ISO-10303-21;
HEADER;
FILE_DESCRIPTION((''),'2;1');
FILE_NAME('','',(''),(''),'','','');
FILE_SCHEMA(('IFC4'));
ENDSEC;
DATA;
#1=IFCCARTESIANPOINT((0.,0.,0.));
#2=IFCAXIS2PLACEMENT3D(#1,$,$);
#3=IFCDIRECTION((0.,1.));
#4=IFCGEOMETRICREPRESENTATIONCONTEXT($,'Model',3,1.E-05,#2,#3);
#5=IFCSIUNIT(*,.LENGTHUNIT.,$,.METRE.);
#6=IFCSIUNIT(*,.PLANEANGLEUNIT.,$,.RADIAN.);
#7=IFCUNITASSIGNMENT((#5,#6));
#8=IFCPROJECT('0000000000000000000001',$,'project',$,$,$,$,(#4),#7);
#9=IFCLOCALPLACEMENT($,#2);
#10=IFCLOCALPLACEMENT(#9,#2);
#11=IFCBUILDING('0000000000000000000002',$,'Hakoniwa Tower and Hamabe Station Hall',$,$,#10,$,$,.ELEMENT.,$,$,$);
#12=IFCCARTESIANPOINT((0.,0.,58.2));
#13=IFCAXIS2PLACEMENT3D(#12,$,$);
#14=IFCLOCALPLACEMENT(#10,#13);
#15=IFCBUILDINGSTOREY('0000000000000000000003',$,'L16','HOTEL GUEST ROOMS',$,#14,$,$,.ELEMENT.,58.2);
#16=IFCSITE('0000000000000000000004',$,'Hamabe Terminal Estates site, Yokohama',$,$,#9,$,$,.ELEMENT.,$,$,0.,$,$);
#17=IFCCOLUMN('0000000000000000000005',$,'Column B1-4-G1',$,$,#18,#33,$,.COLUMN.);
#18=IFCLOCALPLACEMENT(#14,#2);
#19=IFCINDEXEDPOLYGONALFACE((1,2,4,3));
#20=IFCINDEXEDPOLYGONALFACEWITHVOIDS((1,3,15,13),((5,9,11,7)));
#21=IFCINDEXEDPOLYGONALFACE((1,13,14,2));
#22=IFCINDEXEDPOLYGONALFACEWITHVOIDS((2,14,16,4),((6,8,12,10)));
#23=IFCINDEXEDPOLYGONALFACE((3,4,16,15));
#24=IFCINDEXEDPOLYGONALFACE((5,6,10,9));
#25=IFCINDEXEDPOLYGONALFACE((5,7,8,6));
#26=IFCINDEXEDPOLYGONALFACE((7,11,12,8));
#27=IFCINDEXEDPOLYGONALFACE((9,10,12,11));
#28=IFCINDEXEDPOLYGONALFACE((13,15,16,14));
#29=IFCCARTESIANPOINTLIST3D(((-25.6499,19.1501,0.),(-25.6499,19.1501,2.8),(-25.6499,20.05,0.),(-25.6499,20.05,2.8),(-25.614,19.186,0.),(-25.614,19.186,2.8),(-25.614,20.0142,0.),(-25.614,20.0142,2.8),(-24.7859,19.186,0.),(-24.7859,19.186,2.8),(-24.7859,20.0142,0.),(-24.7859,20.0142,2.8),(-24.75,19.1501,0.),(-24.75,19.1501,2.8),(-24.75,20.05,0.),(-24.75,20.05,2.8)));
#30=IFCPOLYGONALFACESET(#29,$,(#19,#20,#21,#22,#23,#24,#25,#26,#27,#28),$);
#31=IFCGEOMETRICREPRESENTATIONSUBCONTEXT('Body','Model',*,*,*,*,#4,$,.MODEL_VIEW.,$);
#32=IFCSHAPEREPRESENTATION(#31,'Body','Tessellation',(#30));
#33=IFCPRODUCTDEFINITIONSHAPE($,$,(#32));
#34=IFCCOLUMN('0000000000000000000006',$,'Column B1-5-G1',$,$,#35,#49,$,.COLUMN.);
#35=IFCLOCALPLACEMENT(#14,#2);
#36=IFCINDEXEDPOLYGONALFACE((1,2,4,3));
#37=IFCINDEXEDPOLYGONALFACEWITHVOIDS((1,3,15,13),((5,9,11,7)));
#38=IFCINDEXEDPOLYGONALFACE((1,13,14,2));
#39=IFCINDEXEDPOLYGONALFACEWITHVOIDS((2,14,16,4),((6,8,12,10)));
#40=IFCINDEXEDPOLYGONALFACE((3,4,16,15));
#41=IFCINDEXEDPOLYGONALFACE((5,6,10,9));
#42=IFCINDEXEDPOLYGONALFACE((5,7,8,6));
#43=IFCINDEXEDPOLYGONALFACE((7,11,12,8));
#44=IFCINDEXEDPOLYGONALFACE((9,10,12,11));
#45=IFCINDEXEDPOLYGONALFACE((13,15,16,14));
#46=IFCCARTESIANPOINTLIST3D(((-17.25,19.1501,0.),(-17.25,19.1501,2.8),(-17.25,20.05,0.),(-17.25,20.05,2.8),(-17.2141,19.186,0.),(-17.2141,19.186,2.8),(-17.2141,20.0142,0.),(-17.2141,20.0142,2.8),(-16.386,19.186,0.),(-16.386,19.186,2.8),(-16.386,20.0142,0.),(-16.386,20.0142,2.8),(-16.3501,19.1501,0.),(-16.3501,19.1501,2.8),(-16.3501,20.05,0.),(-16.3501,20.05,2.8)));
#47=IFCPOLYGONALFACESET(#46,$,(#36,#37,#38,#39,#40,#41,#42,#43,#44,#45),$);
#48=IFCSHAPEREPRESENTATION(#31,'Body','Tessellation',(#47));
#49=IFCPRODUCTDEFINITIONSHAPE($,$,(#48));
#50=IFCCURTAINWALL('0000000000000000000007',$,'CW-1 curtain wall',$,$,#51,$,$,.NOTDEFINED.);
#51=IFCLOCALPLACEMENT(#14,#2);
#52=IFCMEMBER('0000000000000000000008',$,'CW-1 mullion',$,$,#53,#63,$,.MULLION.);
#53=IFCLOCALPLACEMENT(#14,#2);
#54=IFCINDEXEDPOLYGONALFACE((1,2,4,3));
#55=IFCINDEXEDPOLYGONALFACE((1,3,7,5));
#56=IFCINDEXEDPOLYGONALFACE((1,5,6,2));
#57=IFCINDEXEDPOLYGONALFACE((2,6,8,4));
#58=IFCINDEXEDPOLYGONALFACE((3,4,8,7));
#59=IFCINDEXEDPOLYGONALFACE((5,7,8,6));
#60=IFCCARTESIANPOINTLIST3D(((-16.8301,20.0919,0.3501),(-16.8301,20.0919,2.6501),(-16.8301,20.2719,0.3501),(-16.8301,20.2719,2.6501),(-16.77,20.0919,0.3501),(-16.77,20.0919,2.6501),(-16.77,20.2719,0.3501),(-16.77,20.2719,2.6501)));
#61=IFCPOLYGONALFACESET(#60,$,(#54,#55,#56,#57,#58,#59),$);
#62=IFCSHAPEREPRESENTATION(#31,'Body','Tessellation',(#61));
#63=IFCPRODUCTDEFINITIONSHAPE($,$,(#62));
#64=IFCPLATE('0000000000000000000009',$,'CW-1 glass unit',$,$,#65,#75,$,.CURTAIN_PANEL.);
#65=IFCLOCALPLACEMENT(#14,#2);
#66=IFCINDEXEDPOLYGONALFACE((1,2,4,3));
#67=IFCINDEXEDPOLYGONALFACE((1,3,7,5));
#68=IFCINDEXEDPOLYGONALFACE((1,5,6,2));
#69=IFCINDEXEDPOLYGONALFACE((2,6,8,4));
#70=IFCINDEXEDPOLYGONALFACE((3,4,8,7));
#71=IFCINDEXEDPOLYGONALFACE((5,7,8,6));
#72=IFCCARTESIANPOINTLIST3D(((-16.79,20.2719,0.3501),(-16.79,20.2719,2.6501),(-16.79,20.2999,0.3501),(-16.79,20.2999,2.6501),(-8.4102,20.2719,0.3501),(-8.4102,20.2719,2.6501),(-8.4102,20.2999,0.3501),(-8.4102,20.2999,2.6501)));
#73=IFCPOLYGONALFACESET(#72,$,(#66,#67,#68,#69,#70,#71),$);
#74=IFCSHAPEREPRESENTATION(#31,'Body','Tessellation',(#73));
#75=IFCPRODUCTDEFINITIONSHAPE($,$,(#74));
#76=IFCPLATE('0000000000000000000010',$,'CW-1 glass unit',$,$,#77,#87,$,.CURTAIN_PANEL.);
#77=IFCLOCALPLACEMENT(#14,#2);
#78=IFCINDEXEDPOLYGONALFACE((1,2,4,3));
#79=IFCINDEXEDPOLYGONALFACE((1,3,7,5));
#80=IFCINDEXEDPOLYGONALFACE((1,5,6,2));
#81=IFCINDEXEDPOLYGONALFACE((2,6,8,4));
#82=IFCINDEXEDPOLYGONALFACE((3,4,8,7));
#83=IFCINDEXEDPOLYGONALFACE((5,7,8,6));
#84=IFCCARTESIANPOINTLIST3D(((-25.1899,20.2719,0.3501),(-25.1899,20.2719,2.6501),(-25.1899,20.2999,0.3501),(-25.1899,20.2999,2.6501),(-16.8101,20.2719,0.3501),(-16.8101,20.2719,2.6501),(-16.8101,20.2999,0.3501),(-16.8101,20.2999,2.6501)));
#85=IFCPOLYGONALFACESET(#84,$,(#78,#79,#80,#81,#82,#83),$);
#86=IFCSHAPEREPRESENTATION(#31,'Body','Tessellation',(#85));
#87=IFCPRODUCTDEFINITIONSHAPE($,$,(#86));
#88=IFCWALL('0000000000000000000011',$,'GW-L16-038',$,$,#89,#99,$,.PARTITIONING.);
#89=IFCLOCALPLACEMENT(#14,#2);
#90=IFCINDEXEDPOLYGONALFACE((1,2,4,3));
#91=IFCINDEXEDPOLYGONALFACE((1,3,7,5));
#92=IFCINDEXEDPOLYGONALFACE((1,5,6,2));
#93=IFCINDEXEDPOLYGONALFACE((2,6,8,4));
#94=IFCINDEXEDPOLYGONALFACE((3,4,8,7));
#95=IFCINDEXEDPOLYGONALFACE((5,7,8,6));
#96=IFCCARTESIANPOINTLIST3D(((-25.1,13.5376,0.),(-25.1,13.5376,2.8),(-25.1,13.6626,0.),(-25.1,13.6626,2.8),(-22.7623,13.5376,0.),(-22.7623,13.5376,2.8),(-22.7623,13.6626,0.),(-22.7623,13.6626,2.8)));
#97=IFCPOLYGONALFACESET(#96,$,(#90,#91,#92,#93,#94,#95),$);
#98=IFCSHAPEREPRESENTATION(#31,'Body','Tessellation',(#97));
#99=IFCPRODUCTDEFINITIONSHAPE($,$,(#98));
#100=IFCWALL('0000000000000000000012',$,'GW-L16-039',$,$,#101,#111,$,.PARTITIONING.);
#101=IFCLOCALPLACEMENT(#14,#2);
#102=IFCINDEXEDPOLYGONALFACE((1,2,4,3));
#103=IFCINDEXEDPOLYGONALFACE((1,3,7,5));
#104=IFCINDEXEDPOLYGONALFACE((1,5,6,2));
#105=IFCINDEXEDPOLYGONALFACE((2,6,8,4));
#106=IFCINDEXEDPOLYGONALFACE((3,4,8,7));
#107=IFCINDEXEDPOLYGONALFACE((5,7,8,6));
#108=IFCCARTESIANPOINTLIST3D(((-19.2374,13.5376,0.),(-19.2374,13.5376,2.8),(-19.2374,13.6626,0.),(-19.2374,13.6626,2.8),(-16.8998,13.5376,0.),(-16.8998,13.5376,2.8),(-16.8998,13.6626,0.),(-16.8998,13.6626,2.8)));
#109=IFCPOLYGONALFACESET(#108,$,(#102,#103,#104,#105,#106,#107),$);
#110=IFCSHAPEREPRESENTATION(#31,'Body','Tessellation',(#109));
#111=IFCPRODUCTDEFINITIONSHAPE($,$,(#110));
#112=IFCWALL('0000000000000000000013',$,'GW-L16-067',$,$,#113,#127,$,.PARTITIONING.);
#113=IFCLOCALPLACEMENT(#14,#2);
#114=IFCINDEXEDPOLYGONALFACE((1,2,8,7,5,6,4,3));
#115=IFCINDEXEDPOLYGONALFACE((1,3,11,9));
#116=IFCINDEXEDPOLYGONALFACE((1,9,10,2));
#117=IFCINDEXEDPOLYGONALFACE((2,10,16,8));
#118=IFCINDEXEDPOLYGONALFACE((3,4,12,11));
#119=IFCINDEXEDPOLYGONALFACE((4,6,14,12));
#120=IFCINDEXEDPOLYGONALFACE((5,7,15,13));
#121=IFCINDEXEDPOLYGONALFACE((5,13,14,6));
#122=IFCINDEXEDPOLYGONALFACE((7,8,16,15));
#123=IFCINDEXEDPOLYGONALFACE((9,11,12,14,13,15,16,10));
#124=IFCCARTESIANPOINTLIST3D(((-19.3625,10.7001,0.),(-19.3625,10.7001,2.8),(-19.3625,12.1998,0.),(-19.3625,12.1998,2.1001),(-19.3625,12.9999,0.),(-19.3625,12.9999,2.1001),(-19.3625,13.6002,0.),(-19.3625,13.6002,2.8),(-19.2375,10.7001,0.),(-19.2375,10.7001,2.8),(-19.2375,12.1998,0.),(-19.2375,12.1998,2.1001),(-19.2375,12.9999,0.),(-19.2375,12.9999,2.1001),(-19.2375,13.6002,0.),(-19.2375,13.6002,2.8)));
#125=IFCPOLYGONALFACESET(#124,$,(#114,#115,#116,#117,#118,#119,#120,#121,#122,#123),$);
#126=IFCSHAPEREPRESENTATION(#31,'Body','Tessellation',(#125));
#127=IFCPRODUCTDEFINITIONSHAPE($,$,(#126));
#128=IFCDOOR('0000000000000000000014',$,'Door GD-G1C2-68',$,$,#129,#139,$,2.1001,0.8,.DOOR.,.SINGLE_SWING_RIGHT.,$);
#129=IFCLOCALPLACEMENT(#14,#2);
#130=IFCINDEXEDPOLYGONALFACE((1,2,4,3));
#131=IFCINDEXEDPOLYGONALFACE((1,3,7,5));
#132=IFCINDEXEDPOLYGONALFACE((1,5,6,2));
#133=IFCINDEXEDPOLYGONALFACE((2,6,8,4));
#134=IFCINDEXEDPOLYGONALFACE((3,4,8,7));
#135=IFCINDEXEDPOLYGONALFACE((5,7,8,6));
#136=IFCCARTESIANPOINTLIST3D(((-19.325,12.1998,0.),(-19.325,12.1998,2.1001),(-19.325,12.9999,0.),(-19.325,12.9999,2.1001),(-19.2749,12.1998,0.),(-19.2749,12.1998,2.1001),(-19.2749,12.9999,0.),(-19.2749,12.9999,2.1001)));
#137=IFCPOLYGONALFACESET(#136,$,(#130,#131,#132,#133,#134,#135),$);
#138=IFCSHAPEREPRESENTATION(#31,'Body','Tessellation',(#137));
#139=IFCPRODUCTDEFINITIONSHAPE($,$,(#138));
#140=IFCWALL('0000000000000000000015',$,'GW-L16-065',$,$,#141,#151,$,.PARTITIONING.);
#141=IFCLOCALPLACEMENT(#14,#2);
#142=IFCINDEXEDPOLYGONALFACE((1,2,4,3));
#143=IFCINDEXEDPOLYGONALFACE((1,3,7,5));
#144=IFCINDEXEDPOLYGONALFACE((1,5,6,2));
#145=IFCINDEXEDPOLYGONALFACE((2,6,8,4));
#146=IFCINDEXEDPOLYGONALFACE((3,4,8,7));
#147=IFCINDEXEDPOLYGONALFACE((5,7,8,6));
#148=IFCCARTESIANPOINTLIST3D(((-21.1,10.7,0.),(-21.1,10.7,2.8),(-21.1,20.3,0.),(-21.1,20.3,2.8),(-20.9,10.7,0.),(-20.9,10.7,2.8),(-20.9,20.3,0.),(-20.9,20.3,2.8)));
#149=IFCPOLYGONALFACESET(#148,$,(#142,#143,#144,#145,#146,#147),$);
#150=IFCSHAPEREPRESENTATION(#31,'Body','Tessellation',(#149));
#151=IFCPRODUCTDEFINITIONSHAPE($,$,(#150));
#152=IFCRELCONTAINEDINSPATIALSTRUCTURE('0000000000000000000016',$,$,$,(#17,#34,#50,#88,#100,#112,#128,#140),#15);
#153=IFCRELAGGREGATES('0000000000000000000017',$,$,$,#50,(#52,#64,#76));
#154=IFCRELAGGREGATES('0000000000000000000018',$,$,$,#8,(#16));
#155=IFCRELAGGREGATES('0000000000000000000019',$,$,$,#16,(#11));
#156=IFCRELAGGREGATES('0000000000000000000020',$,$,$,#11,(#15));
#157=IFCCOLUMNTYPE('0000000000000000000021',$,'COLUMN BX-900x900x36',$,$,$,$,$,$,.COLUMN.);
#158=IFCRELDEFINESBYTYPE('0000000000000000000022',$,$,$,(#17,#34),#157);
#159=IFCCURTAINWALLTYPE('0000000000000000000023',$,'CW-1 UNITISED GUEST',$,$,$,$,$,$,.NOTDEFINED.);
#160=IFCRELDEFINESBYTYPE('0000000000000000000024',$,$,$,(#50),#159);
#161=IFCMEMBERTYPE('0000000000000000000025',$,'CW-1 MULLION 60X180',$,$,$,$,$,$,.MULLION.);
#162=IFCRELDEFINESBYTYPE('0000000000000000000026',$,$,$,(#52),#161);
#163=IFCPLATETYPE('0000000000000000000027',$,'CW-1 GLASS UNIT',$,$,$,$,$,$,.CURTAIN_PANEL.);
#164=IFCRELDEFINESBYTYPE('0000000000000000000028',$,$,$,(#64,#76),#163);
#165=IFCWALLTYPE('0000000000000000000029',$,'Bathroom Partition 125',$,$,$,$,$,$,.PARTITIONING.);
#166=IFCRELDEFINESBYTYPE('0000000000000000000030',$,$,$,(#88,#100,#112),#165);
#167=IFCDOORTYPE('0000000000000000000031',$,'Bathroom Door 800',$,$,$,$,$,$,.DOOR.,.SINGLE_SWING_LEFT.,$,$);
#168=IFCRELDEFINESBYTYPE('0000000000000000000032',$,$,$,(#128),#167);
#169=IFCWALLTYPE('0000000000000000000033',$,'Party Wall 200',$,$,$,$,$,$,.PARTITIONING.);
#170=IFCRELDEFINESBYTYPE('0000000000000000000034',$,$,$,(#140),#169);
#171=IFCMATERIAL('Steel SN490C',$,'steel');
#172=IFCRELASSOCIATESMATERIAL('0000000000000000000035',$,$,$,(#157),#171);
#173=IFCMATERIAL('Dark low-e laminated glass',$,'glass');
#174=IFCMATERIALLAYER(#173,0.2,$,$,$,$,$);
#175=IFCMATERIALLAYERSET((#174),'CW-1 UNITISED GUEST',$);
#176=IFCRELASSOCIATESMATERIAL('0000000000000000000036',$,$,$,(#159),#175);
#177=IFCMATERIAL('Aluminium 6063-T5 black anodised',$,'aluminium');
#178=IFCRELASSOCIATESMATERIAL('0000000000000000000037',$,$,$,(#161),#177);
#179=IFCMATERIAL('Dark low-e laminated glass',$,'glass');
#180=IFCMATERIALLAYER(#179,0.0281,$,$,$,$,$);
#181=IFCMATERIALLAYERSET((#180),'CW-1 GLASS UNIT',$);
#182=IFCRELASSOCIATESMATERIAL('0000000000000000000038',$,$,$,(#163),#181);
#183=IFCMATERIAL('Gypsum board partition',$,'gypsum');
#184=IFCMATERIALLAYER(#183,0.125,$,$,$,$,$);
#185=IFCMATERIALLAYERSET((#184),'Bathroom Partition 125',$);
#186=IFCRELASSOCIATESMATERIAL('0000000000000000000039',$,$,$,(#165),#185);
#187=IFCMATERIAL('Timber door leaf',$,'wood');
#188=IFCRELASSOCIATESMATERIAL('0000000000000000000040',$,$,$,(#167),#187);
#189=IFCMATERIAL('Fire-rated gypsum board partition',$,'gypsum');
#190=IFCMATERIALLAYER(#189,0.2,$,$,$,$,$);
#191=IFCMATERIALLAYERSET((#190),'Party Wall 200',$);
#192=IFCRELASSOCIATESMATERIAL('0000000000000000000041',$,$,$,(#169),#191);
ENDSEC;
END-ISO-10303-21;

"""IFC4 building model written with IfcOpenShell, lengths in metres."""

from ifc_helpers import new_model, si_unit, direction, frame, frame_2d, origin, origin_2d, place, context, subcontext, project, spatial, rectangle, hollow_rectangle, extrude, material, layer, layer_set, material_profile, profile_set, type_object, element, fill, aggregate, save


model = new_model("IFC4")

# Units and contexts
model_context = context("Model", 3, precision=1e-05, world=origin(), true_north=direction((0.0, 1.0)))
body_context = subcontext(model_context, "Body", "Model", "MODEL_VIEW")
ifc_project = project(units=[si_unit("LENGTHUNIT", "METRE"), si_unit("PLANEANGLEUNIT", "RADIAN")], contexts=[model_context])

# Site, building, storey
site_placement = place(None, origin())
site = spatial("IfcSite", under=ifc_project, at=site_placement, Name="Hamabe Terminal Estates site, Yokohama", CompositionType="ELEMENT", RefElevation=0.0)
building_placement = place(site_placement, origin())
building = spatial("IfcBuilding", under=site, at=building_placement, Name="Hakoniwa Tower and Hamabe Station Hall", CompositionType="ELEMENT")
storey_placement = place(building_placement, frame((0.0, 0.0, 58.2)))
storey = spatial("IfcBuildingStorey", under=building, at=storey_placement, Name="L16", Description="HOTEL GUEST ROOMS", CompositionType="ELEMENT", Elevation=58.2)

# Columns
ifc_material_1 = material(Name="Steel SN490C", Category="steel")
ifc_material_profile_1 = material_profile(ifc_material_1, hollow_rectangle(XDim=0.8999, YDim=0.8999, WallThickness=0.0359, at=origin_2d()), Name="BX-900x900x36")
ifc_profile_set_1 = profile_set([ifc_material_profile_1], Name="Steel SN490C")
column_type = type_object("IfcColumnType", Name="COLUMN BX-900x900x36", PredefinedType="COLUMN", material=ifc_profile_set_1)
for number, where, z_axis, x_axis, name in (
    (1, (-25.2, 19.6001, 0.0), (0.0, 0.0, 1.0), (1.0, 0.0, 0.0), "Column B1-4-G1"),
    (2, (-16.8, 19.6001, 0.0), (0.0, 0.0, 1.0), (1.0, 0.0, 0.0), "Column B1-5-G1"),
):
    element("IfcColumn", number, at=place(storey_placement, frame(where, z_axis=z_axis, x_axis=x_axis)), inside=storey, type_object=column_type, Name=name, PredefinedType="COLUMN", context=body_context, shape_type="SweptSolid", body=[
        extrude(hollow_rectangle(XDim=0.8999, YDim=0.8999, WallThickness=0.0359, at=origin_2d()), origin(), (0.0, 0.0, 1.0), 2.8),
    ])

# Curtain wall, member, plates
ifc_material_2 = material(Name="Dark low-e laminated glass", Category="glass")
ifc_layer_1 = layer(ifc_material_2, 0.2)
ifc_layer_set_1 = layer_set([ifc_layer_1], Name="CW-1 UNITISED GUEST")
curtain_wall_type = type_object("IfcCurtainWallType", Name="CW-1 UNITISED GUEST", PredefinedType="NOTDEFINED", material=ifc_layer_set_1)
curtain_wall_placement = place(storey_placement, origin())
curtain_wall = element("IfcCurtainWall", 3, at=curtain_wall_placement, inside=storey, type_object=curtain_wall_type, Name="CW-1 curtain wall", PredefinedType="NOTDEFINED")
ifc_material_3 = material(Name="Aluminium 6063-T5 black anodised", Category="aluminium")
ifc_material_profile_2 = material_profile(ifc_material_3, rectangle(XDim=0.0601, YDim=0.1799, at=origin_2d()), Name="CW-1 MULLION 60X180")
ifc_profile_set_2 = profile_set([ifc_material_profile_2], Name="Aluminium 6063-T5 black anodised")
member_type = type_object("IfcMemberType", Name="CW-1 MULLION 60X180", PredefinedType="MULLION", material=ifc_profile_set_2)
member_placement = place(storey_placement, frame((-16.8, 20.1819, 0.3501), z_axis=(0.0, 0.0, 1.0), x_axis=(-1.0, 0.0, 0.0)))
member = element("IfcMember", 4, at=member_placement, type_object=member_type, Name="CW-1 mullion", PredefinedType="MULLION", context=body_context, shape_type="SweptSolid", body=[
    extrude(rectangle(XDim=0.0601, YDim=0.1799, at=origin_2d()), origin(), (0.0, 0.0, 1.0), 2.3),
])
ifc_material_4 = material(Name="Dark low-e laminated glass", Category="glass")
ifc_layer_2 = layer(ifc_material_4, 0.0281)
ifc_layer_set_2 = layer_set([ifc_layer_2], Name="CW-1 GLASS UNIT")
plate_type = type_object("IfcPlateType", Name="CW-1 GLASS UNIT", PredefinedType="CURTAIN_PANEL", material=ifc_layer_set_2)
plate_1_placement = place(storey_placement, frame((-12.6001, 20.2859, 0.3501), z_axis=(0.0, 0.0, 1.0), x_axis=(-1.0, 0.0, 0.0)))
plate_1 = element("IfcPlate", 5, at=plate_1_placement, type_object=plate_type, Name="CW-1 glass unit", PredefinedType="CURTAIN_PANEL", context=body_context, shape_type="SweptSolid", body=[
    extrude(rectangle(XDim=8.3799, YDim=0.0281, at=origin_2d()), origin(), (0.0, 0.0, 1.0), 2.3),
])
plate_2_placement = place(storey_placement, frame((-21.0, 20.2859, 0.3501), z_axis=(0.0, 0.0, 1.0), x_axis=(-1.0, 0.0, 0.0)))
plate_2 = element("IfcPlate", 6, at=plate_2_placement, type_object=plate_type, Name="CW-1 glass unit", PredefinedType="CURTAIN_PANEL", context=body_context, shape_type="SweptSolid", body=[
    extrude(rectangle(XDim=8.3799, YDim=0.0281, at=origin_2d()), origin(), (0.0, 0.0, 1.0), 2.3),
])
aggregate(curtain_wall, [member, plate_1, plate_2])

# Walls
ifc_material_5 = material(Name="Gypsum board partition", Category="gypsum")
ifc_layer_3 = layer(ifc_material_5, 0.125)
ifc_layer_set_3 = layer_set([ifc_layer_3], Name="Bathroom Partition 125")
wall_type_1 = type_object("IfcWallType", Name="Bathroom Partition 125", PredefinedType="PARTITIONING", material=ifc_layer_set_3)
for number, where, z_axis, x_axis, name in (
    (7, (-25.1001, 13.6001, 0.0), (0.0, 0.0, 1.0), (1.0, 0.0, 0.0), "GW-L16-038"),
    (8, (-19.2375, 13.6001, 0.0), (0.0, 0.0, 1.0), (1.0, 0.0, 0.0), "GW-L16-039"),
):
    element("IfcWall", number, at=place(storey_placement, frame(where, z_axis=z_axis, x_axis=x_axis)), inside=storey, type_object=wall_type_1, Name=name, PredefinedType="PARTITIONING", context=body_context, shape_type="SweptSolid", body=[
        extrude(rectangle(XDim=2.3376, YDim=0.125, at=frame_2d((1.1689, 0.0))), origin(), (0.0, 0.0, 1.0), 2.8),
    ])

# Wall, opening, door
wall_1_placement = place(storey_placement, frame((-19.3, 10.7, 0.0), z_axis=(0.0, 0.0, 1.0), x_axis=(0.0, 1.0, 0.0)))
wall_1 = element("IfcWall", 9, at=wall_1_placement, inside=storey, type_object=wall_type_1, Name="GW-L16-067", PredefinedType="PARTITIONING", context=body_context, shape_type="SweptSolid", body=[
    extrude(rectangle(XDim=2.9001, YDim=0.125, at=frame_2d((1.4502, 0.0))), origin(), (0.0, 0.0, 1.0), 2.8),
])
opening_placement = place(wall_1_placement, frame((1.5, 0.0, 0.0)))
opening = element("IfcOpeningElement", 10, at=opening_placement, cuts=wall_1, PredefinedType="OPENING", context=body_context, shape_type="SweptSolid", body=[
    extrude(rectangle(XDim=0.8, YDim=2.1001, at=frame_2d((0.3999, 1.05))), frame((0.0, 0.0725, 0.0), z_axis=(0.0, -1.0, 0.0), x_axis=(1.0, 0.0, 0.0)), (0.0, 0.0, 1.0), 0.145),
])
ifc_material_6 = material(Name="Timber door leaf", Category="wood")
door_type = type_object("IfcDoorType", Name="Bathroom Door 800", OperationType="SINGLE_SWING_LEFT", PredefinedType="DOOR", material=ifc_material_6)
door_placement = place(opening_placement, origin())
door = element("IfcDoor", 11, at=door_placement, inside=storey, type_object=door_type, Name="Door GD-G1C2-68", OperationType="SINGLE_SWING_RIGHT", OverallHeight=2.1001, OverallWidth=0.8, PredefinedType="DOOR", context=body_context, shape_type="SweptSolid", body=[
    extrude(rectangle(XDim=0.8, YDim=2.1001, at=frame_2d((0.3999, 1.05))), frame((0.0, 0.0249, 0.0), z_axis=(0.0, -1.0, 0.0), x_axis=(1.0, 0.0, 0.0)), (0.0, 0.0, 1.0), 0.05),
])
fill(opening, door)

# Wall
ifc_material_7 = material(Name="Fire-rated gypsum board partition", Category="gypsum")
ifc_layer_4 = layer(ifc_material_7, 0.2)
ifc_layer_set_4 = layer_set([ifc_layer_4], Name="Party Wall 200")
wall_type_2 = type_object("IfcWallType", Name="Party Wall 200", PredefinedType="PARTITIONING", material=ifc_layer_set_4)
wall_2_placement = place(storey_placement, frame((-21.0, 10.7, 0.0), z_axis=(0.0, 0.0, 1.0), x_axis=(0.0, 1.0, 0.0)))
element("IfcWall", 12, at=wall_2_placement, inside=storey, type_object=wall_type_2, Name="GW-L16-065", PredefinedType="PARTITIONING", context=body_context, shape_type="SweptSolid", body=[
    extrude(rectangle(XDim=9.6001, YDim=0.2, at=frame_2d((4.8, 0.0))), origin(), (0.0, 0.0, 1.0), 2.8),
])

save(model, "model.ifc")
